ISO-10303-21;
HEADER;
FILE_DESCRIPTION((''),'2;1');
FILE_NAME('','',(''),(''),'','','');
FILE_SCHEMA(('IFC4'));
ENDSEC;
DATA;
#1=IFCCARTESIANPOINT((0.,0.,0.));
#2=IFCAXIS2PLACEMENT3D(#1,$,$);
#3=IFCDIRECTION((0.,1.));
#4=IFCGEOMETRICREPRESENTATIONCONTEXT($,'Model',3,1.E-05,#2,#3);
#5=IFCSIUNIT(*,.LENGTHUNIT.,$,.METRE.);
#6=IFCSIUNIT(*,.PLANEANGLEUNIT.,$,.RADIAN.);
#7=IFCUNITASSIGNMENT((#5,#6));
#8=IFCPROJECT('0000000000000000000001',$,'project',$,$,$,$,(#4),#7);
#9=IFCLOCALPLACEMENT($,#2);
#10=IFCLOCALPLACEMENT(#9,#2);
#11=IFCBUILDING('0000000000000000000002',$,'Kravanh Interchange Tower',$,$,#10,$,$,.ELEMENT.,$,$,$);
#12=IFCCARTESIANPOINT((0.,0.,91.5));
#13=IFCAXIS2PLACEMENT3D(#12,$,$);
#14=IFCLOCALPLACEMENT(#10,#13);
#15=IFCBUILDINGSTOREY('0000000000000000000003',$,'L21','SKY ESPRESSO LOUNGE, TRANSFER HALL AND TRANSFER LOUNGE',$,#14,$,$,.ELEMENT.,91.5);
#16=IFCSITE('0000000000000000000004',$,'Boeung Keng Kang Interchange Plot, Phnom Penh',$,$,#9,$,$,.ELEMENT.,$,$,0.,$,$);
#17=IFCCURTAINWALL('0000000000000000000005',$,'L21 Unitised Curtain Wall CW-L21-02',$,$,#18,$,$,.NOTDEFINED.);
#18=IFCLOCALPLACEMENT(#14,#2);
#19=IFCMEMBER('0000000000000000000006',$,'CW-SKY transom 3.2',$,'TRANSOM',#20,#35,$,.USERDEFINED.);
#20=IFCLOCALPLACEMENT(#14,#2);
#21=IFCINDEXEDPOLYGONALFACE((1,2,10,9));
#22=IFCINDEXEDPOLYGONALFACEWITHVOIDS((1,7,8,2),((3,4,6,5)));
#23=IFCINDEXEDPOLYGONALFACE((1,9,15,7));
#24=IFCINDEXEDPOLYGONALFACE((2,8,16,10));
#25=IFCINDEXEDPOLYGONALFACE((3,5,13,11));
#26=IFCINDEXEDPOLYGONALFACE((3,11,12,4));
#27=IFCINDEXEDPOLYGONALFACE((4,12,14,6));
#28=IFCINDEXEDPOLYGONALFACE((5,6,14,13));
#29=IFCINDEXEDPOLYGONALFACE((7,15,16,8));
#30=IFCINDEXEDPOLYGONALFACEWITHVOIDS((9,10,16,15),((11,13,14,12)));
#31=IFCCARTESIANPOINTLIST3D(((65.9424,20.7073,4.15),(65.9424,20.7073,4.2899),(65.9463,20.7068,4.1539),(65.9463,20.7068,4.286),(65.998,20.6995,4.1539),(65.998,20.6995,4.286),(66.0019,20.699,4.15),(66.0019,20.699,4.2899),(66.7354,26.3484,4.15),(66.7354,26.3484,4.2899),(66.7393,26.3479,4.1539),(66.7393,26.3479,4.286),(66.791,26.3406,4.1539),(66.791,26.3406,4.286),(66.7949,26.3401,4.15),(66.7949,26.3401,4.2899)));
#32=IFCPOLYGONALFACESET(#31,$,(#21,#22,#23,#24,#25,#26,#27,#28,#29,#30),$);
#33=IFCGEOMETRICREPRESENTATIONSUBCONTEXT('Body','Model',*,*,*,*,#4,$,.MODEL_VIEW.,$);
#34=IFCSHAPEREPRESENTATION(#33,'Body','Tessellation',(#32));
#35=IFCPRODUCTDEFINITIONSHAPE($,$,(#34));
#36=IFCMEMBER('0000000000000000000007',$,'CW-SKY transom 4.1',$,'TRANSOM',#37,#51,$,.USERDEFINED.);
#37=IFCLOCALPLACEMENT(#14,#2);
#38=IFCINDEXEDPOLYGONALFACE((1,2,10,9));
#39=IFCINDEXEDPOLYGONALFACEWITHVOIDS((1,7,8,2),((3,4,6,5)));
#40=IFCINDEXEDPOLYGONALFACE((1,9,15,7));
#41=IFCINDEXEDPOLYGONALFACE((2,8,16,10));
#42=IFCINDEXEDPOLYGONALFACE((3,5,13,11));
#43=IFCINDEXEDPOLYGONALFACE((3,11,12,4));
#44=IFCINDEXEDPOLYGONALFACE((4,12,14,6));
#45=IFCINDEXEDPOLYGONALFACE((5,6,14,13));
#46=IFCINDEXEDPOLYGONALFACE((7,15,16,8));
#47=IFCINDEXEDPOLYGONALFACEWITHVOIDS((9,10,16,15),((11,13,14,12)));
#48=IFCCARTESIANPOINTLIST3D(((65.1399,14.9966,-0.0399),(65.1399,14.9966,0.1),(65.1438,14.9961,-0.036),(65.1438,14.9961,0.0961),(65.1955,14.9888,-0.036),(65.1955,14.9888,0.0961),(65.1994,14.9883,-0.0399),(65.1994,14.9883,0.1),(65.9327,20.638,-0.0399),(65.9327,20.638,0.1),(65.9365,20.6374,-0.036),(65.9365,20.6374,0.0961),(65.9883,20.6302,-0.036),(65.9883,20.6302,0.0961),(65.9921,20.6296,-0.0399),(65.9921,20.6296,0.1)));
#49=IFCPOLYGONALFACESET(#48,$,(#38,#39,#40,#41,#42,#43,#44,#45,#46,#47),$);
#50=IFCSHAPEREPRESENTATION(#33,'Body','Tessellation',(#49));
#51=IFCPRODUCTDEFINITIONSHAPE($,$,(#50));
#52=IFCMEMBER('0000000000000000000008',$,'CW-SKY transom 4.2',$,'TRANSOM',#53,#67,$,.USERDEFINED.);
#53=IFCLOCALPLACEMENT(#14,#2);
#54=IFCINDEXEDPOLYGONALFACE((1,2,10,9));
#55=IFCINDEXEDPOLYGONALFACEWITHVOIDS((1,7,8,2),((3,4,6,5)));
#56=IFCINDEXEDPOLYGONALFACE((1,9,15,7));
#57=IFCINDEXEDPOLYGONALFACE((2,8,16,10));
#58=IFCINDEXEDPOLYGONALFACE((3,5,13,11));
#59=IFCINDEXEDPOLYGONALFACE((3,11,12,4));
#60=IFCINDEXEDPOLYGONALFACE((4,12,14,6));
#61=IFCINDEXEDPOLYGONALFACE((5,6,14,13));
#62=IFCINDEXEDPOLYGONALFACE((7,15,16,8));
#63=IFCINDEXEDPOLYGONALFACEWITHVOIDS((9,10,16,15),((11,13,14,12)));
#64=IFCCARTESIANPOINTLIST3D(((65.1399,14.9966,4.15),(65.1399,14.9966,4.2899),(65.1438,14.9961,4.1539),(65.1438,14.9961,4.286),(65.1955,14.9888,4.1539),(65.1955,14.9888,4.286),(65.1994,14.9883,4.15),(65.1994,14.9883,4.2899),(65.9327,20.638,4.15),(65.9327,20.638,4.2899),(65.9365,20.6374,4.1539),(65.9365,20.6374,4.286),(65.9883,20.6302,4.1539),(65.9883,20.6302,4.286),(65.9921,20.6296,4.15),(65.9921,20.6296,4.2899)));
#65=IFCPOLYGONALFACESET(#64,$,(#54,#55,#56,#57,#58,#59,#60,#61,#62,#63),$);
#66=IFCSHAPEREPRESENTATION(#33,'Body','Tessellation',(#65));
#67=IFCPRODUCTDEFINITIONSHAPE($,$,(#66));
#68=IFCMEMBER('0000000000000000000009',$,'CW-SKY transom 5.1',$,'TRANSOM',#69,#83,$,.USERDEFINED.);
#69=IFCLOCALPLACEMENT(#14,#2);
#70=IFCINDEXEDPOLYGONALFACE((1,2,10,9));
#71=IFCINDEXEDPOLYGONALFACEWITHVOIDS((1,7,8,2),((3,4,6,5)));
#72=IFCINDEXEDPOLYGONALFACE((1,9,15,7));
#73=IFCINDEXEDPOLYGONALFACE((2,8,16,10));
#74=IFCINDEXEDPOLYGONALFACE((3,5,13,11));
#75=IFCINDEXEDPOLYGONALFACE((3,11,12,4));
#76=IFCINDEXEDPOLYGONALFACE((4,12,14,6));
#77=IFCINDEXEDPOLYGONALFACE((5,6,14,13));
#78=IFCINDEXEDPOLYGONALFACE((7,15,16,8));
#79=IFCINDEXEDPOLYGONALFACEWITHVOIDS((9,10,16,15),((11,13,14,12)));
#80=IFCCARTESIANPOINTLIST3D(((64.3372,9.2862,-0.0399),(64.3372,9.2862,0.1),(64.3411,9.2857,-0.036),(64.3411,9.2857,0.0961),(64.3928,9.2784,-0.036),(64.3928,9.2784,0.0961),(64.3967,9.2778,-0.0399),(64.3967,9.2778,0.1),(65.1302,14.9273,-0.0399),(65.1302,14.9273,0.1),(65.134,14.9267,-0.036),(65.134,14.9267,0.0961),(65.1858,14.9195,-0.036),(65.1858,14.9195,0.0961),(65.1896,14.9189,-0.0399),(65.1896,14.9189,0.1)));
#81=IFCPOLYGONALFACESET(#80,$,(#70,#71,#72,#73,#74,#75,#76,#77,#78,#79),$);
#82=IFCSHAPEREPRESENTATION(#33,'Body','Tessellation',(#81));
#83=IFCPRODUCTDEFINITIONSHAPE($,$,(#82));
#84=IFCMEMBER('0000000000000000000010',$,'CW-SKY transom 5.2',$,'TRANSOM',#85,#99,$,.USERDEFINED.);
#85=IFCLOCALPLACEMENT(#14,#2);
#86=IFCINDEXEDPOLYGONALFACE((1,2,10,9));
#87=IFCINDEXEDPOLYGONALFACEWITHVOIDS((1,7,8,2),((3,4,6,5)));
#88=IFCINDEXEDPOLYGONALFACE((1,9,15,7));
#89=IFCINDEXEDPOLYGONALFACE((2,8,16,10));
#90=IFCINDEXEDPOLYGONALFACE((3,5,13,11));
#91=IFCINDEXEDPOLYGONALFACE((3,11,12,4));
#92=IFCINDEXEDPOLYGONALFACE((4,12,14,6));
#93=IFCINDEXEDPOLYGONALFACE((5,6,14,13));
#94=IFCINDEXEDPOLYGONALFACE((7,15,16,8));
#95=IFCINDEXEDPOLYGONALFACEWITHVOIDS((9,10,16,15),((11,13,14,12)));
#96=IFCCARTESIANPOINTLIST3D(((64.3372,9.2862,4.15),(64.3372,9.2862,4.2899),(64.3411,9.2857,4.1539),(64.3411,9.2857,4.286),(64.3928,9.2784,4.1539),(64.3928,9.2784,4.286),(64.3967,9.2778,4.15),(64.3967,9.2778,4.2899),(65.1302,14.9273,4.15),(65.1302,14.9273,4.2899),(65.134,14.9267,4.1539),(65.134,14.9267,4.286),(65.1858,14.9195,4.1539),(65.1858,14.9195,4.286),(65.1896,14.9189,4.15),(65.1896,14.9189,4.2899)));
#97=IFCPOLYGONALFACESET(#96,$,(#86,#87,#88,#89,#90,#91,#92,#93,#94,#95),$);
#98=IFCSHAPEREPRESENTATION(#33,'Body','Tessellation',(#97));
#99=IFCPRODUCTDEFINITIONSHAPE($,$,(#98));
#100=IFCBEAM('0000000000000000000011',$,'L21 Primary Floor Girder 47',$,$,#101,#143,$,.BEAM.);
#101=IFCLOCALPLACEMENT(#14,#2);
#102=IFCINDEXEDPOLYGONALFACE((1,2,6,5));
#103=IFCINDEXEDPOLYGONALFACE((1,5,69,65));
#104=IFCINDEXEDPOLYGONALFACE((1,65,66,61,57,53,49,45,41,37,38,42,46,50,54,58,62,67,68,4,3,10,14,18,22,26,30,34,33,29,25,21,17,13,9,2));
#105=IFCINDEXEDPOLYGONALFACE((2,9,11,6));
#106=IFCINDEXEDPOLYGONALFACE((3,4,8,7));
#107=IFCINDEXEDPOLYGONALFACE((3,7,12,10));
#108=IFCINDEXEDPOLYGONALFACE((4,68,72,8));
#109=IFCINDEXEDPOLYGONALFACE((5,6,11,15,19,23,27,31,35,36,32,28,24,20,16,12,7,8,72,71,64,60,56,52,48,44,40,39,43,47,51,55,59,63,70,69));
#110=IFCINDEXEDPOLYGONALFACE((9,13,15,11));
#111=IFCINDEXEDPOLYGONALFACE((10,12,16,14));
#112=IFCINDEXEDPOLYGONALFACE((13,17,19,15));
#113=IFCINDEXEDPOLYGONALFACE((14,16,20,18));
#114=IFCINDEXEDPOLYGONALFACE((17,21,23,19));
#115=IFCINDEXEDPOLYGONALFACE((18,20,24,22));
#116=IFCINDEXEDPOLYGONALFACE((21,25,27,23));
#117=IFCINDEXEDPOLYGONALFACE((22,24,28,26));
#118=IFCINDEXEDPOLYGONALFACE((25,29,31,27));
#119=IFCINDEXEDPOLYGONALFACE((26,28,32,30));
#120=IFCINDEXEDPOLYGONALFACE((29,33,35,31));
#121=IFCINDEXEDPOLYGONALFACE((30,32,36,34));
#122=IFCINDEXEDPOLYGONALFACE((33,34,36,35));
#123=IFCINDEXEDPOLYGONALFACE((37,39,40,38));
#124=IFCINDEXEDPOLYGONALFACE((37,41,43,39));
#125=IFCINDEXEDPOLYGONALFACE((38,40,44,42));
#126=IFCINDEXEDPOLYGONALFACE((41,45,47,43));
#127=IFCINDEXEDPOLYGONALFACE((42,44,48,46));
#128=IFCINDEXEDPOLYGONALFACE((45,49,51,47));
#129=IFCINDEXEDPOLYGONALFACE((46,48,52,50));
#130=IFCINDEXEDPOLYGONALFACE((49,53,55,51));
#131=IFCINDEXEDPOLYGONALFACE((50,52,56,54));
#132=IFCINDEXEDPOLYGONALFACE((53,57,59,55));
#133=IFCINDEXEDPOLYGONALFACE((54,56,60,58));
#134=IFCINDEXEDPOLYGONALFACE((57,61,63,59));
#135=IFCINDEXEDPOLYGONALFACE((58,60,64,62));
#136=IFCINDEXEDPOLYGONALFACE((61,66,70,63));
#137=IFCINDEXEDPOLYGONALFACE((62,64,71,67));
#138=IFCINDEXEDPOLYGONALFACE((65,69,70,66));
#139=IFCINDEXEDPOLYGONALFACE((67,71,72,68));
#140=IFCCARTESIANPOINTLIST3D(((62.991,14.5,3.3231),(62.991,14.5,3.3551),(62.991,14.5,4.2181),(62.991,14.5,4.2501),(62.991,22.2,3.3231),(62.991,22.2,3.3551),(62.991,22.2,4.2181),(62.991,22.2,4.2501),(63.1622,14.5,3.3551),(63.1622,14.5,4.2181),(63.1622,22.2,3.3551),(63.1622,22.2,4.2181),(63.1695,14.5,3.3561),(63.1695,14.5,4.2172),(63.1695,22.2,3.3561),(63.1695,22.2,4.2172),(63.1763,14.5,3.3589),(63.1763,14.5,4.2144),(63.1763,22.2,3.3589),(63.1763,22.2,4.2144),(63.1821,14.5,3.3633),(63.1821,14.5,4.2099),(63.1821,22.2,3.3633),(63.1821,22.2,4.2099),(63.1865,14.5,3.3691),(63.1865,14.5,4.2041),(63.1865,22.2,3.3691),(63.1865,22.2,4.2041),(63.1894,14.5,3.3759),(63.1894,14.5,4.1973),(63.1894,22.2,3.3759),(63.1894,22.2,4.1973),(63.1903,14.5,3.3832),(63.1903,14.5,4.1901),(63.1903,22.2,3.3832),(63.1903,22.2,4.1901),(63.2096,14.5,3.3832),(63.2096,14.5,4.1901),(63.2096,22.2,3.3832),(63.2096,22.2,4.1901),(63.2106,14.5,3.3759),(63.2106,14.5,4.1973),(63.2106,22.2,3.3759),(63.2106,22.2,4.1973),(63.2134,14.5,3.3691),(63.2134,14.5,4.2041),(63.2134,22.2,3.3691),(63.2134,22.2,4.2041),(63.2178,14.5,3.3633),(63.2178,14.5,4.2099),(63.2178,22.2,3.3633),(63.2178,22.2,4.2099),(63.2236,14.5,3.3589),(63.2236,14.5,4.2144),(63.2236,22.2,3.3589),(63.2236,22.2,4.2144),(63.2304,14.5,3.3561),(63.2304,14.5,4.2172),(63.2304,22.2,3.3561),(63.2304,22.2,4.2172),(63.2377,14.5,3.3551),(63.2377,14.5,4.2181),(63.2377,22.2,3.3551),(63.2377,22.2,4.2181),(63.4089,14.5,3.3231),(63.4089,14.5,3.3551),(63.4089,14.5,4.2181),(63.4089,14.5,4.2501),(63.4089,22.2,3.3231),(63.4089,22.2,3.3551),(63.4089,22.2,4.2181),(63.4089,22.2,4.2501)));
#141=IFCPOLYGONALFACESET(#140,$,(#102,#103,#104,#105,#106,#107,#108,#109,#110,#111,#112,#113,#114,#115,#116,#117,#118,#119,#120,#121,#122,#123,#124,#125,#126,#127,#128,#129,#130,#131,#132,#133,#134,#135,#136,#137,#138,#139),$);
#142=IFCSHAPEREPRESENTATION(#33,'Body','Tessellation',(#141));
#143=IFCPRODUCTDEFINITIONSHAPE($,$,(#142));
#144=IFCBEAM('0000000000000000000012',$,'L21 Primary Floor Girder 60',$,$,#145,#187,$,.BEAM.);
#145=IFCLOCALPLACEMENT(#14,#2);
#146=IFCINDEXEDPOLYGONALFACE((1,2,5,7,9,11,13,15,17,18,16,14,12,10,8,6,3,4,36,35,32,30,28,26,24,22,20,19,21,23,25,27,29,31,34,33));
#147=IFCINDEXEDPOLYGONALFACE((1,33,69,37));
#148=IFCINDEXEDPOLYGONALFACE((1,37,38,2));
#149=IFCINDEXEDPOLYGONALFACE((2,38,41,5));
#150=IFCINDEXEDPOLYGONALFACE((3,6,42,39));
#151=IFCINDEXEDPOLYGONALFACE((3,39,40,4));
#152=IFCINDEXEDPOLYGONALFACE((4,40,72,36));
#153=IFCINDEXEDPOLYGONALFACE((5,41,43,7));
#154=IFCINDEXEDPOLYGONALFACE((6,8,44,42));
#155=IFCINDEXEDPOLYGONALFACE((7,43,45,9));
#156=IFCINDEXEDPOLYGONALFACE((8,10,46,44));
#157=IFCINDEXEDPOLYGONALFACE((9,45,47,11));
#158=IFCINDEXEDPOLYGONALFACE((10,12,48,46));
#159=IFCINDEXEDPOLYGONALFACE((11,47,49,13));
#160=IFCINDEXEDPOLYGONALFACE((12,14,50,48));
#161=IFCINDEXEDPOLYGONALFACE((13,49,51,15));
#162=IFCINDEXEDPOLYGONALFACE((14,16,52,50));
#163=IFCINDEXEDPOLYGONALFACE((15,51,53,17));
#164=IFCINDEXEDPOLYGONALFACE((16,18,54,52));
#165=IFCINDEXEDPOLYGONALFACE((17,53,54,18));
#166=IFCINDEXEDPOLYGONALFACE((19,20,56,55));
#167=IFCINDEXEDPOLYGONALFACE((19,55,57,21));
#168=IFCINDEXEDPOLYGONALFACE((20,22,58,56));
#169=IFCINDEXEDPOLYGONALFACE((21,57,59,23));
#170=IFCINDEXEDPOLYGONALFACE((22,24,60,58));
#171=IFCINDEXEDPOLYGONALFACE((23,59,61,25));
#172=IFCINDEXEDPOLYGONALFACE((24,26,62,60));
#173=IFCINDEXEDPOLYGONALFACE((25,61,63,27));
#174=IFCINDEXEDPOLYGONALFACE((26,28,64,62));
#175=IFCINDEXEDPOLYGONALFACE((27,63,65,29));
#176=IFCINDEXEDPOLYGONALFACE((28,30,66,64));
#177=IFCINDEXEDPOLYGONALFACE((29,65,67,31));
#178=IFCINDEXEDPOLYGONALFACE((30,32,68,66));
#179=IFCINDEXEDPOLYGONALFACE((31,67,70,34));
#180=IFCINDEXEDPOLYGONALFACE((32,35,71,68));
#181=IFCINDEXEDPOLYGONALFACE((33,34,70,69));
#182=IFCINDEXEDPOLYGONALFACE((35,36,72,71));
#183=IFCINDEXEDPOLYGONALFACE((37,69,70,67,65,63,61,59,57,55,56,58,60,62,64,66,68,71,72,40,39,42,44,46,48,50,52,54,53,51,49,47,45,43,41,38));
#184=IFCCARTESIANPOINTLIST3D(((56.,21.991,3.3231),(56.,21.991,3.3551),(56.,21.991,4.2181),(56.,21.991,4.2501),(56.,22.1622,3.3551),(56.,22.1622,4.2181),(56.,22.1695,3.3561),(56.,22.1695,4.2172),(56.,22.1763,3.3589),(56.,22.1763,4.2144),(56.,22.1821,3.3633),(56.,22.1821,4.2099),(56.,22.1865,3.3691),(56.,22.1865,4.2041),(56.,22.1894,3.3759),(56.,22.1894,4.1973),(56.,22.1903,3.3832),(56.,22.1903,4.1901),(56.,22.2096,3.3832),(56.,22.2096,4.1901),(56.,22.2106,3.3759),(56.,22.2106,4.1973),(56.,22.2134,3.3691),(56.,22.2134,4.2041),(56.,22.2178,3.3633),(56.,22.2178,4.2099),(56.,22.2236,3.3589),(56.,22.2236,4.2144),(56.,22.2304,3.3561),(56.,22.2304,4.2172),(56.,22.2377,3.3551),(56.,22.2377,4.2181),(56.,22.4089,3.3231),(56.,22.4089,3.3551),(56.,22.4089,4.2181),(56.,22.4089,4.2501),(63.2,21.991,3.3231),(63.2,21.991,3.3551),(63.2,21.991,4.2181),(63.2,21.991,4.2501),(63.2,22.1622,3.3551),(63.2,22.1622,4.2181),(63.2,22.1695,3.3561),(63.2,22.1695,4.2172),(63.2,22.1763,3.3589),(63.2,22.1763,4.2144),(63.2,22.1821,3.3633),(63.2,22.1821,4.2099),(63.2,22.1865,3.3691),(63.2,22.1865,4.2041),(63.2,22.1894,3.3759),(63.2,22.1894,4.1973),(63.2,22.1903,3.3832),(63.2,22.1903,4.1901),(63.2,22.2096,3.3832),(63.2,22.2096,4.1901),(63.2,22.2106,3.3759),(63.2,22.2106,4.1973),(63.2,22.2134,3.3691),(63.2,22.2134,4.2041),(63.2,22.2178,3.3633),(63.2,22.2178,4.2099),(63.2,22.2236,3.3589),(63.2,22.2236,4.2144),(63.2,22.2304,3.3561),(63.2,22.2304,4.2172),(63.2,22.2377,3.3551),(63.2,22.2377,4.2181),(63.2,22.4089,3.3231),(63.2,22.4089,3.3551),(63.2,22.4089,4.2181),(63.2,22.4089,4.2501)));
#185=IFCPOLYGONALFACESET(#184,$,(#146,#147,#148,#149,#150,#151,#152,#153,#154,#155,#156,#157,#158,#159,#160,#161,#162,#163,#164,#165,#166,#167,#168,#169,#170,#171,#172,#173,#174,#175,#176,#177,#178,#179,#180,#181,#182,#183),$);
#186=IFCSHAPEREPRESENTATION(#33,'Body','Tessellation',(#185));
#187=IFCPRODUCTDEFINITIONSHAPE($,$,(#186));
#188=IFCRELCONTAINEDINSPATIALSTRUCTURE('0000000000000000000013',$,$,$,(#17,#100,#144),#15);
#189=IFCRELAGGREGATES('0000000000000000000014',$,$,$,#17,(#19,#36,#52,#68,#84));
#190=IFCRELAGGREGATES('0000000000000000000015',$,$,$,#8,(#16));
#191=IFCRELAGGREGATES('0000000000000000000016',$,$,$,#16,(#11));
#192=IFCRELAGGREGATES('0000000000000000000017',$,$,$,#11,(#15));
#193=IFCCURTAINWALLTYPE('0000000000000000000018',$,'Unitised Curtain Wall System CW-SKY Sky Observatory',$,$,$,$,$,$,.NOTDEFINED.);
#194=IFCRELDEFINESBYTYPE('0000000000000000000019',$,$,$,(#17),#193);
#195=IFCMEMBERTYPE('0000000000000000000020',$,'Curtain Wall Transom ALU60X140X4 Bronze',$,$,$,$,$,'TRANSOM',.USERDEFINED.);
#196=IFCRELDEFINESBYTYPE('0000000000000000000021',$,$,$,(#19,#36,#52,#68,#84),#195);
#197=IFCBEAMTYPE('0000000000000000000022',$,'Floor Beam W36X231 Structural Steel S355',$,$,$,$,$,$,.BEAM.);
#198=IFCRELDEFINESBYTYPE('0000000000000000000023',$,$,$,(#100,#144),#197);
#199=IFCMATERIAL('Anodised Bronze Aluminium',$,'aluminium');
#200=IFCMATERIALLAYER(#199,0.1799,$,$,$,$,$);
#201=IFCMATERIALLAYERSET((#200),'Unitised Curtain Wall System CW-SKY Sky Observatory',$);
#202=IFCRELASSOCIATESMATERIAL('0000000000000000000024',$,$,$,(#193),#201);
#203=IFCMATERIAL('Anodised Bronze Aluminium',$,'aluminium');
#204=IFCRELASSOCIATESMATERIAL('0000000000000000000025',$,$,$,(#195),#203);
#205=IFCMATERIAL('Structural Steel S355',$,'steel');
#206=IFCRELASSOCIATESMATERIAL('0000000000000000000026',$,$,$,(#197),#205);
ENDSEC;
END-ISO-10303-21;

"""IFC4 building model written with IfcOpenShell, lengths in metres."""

from ifc_helpers import new_model, si_unit, direction, frame, origin, origin_2d, place, context, subcontext, project, spatial, hollow_rectangle, i_section, extrude, material, layer, layer_set, material_profile, profile_set, type_object, element, aggregate, save


model = new_model("IFC4")

# Units and contexts
model_context = context("Model", 3, precision=1e-05, world=origin(), true_north=direction((0.0, 1.0)))
body_context = subcontext(model_context, "Body", "Model", "MODEL_VIEW")
ifc_project = project(units=[si_unit("LENGTHUNIT", "METRE"), si_unit("PLANEANGLEUNIT", "RADIAN")], contexts=[model_context])

# Site, building, storey
site_placement = place(None, origin())
site = spatial("IfcSite", under=ifc_project, at=site_placement, Name="Boeung Keng Kang Interchange Plot, Phnom Penh", CompositionType="ELEMENT", RefElevation=0.0)
building_placement = place(site_placement, origin())
building = spatial("IfcBuilding", under=site, at=building_placement, Name="Kravanh Interchange Tower", CompositionType="ELEMENT")
storey_placement = place(building_placement, frame((0.0, 0.0, 91.5)))
storey = spatial("IfcBuildingStorey", under=building, at=storey_placement, Name="L21", Description="SKY ESPRESSO LOUNGE, TRANSFER HALL AND TRANSFER LOUNGE", CompositionType="ELEMENT", Elevation=91.5)

# Curtain wall, members
ifc_material_1 = material(Name="Anodised Bronze Aluminium", Category="aluminium")
ifc_layer_1 = layer(ifc_material_1, 0.1799)
ifc_layer_set_1 = layer_set([ifc_layer_1], Name="Unitised Curtain Wall System CW-SKY Sky Observatory")
curtain_wall_type = type_object("IfcCurtainWallType", Name="Unitised Curtain Wall System CW-SKY Sky Observatory", PredefinedType="NOTDEFINED", material=ifc_layer_set_1)
curtain_wall_placement = place(storey_placement, origin())
curtain_wall = element("IfcCurtainWall", 1, at=curtain_wall_placement, inside=storey, type_object=curtain_wall_type, Name="L21 Unitised Curtain Wall CW-L21-02", PredefinedType="NOTDEFINED")
ifc_material_2 = material(Name="Anodised Bronze Aluminium", Category="aluminium")
ifc_material_profile_1 = material_profile(ifc_material_2, hollow_rectangle(XDim=0.0601, YDim=0.1399, WallThickness=0.0039, at=origin_2d()), Name="ALU60X140X4")
ifc_profile_set_1 = profile_set([ifc_material_profile_1], Name="Anodised Bronze Aluminium")
member_type_1 = type_object("IfcMemberType", Name="Curtain Wall Transom ALU60X140X4 Bronze", ElementType="TRANSOM", PredefinedType="USERDEFINED", material=ifc_profile_set_1)
member_1_placement = place(storey_placement, frame((66.7651, 26.3442, 4.22), z_axis=(-0.139201, -0.990264, 0.0), x_axis=(0.990264, -0.139201, 0.0)))
member_1 = element("IfcMember", 2, at=member_1_placement, type_object=member_type_1, Name="CW-SKY transom 3.2", ObjectType="TRANSOM", PredefinedType="USERDEFINED", context=body_context, shape_type="SweptSolid", body=[
    extrude(hollow_rectangle(XDim=0.0601, YDim=0.1399, WallThickness=0.0039, at=origin_2d()), origin(), (0.0, 0.0, 1.0), 5.6965),
])
member_2_placement = place(storey_placement, frame((65.9624, 20.6338, 0.03), z_axis=(-0.139153, -0.990271, 0.0), x_axis=(0.990271, -0.139153, 0.0)))
member_2 = element("IfcMember", 3, at=member_2_placement, type_object=member_type_1, Name="CW-SKY transom 4.1", ObjectType="TRANSOM", PredefinedType="USERDEFINED", context=body_context, shape_type="SweptSolid", body=[
    extrude(hollow_rectangle(XDim=0.0601, YDim=0.1399, WallThickness=0.0039, at=origin_2d()), origin(), (0.0, 0.0, 1.0), 5.6968),
])
member_3_placement = place(storey_placement, frame((65.9624, 20.6338, 4.22), z_axis=(-0.139153, -0.990271, 0.0), x_axis=(0.990271, -0.139153, 0.0)))
member_3 = element("IfcMember", 4, at=member_3_placement, type_object=member_type_1, Name="CW-SKY transom 4.2", ObjectType="TRANSOM", PredefinedType="USERDEFINED", context=body_context, shape_type="SweptSolid", body=[
    extrude(hollow_rectangle(XDim=0.0601, YDim=0.1399, WallThickness=0.0039, at=origin_2d()), origin(), (0.0, 0.0, 1.0), 5.6968),
])
member_4_placement = place(storey_placement, frame((65.1599, 14.9231, 0.03), z_axis=(-0.139201, -0.990264, 0.0), x_axis=(0.990264, -0.139201, 0.0)))
member_4 = element("IfcMember", 5, at=member_4_placement, type_object=member_type_1, Name="CW-SKY transom 5.1", ObjectType="TRANSOM", PredefinedType="USERDEFINED", context=body_context, shape_type="SweptSolid", body=[
    extrude(hollow_rectangle(XDim=0.0601, YDim=0.1399, WallThickness=0.0039, at=origin_2d()), origin(), (0.0, 0.0, 1.0), 5.6965),
])
member_5_placement = place(storey_placement, frame((65.1599, 14.9231, 4.22), z_axis=(-0.139201, -0.990264, 0.0), x_axis=(0.990264, -0.139201, 0.0)))
member_5 = element("IfcMember", 6, at=member_5_placement, type_object=member_type_1, Name="CW-SKY transom 5.2", ObjectType="TRANSOM", PredefinedType="USERDEFINED", context=body_context, shape_type="SweptSolid", body=[
    extrude(hollow_rectangle(XDim=0.0601, YDim=0.1399, WallThickness=0.0039, at=origin_2d()), origin(), (0.0, 0.0, 1.0), 5.6965),
])

# Beams
ifc_material_3 = material(Name="Structural Steel S355", Category="steel")
ifc_material_profile_2 = material_profile(ifc_material_3, i_section(OverallWidth=0.418, OverallDepth=0.927, WebThickness=0.0193, FlangeThickness=0.032, FilletRadius=0.0281, at=origin_2d()), Name="W36X231")
ifc_profile_set_2 = profile_set([ifc_material_profile_2], Name="Structural Steel S355")
beam_type_1 = type_object("IfcBeamType", Name="Floor Beam W36X231 Structural Steel S355", PredefinedType="BEAM", material=ifc_profile_set_2)
beam_1_placement = place(storey_placement, frame((63.2, 14.5, 3.7866), z_axis=(0.0, 1.0, 0.0), x_axis=(-1.0, 0.0, 0.0)))
element("IfcBeam", 7, at=beam_1_placement, inside=storey, type_object=beam_type_1, Name="L21 Primary Floor Girder 47", PredefinedType="BEAM", context=body_context, shape_type="SweptSolid", body=[
    extrude(i_section(OverallWidth=0.418, OverallDepth=0.927, WebThickness=0.0193, FlangeThickness=0.032, FilletRadius=0.0281, at=origin_2d()), origin(), (0.0, 0.0, 1.0), 7.7),
])
beam_2_placement = place(storey_placement, frame((56.0, 22.2, 3.7866), z_axis=(1.0, 0.0, 0.0), x_axis=(0.0, 1.0, 0.0)))
element("IfcBeam", 8, at=beam_2_placement, inside=storey, type_object=beam_type_1, Name="L21 Primary Floor Girder 60", PredefinedType="BEAM", context=body_context, shape_type="SweptSolid", body=[
    extrude(i_section(OverallWidth=0.418, OverallDepth=0.927, WebThickness=0.0193, FlangeThickness=0.032, FilletRadius=0.0281, at=origin_2d()), origin(), (0.0, 0.0, 1.0), 7.2),
])

aggregate(curtain_wall, [member_1, member_2, member_3, member_4, member_5])

save(model, "model.ifc")
